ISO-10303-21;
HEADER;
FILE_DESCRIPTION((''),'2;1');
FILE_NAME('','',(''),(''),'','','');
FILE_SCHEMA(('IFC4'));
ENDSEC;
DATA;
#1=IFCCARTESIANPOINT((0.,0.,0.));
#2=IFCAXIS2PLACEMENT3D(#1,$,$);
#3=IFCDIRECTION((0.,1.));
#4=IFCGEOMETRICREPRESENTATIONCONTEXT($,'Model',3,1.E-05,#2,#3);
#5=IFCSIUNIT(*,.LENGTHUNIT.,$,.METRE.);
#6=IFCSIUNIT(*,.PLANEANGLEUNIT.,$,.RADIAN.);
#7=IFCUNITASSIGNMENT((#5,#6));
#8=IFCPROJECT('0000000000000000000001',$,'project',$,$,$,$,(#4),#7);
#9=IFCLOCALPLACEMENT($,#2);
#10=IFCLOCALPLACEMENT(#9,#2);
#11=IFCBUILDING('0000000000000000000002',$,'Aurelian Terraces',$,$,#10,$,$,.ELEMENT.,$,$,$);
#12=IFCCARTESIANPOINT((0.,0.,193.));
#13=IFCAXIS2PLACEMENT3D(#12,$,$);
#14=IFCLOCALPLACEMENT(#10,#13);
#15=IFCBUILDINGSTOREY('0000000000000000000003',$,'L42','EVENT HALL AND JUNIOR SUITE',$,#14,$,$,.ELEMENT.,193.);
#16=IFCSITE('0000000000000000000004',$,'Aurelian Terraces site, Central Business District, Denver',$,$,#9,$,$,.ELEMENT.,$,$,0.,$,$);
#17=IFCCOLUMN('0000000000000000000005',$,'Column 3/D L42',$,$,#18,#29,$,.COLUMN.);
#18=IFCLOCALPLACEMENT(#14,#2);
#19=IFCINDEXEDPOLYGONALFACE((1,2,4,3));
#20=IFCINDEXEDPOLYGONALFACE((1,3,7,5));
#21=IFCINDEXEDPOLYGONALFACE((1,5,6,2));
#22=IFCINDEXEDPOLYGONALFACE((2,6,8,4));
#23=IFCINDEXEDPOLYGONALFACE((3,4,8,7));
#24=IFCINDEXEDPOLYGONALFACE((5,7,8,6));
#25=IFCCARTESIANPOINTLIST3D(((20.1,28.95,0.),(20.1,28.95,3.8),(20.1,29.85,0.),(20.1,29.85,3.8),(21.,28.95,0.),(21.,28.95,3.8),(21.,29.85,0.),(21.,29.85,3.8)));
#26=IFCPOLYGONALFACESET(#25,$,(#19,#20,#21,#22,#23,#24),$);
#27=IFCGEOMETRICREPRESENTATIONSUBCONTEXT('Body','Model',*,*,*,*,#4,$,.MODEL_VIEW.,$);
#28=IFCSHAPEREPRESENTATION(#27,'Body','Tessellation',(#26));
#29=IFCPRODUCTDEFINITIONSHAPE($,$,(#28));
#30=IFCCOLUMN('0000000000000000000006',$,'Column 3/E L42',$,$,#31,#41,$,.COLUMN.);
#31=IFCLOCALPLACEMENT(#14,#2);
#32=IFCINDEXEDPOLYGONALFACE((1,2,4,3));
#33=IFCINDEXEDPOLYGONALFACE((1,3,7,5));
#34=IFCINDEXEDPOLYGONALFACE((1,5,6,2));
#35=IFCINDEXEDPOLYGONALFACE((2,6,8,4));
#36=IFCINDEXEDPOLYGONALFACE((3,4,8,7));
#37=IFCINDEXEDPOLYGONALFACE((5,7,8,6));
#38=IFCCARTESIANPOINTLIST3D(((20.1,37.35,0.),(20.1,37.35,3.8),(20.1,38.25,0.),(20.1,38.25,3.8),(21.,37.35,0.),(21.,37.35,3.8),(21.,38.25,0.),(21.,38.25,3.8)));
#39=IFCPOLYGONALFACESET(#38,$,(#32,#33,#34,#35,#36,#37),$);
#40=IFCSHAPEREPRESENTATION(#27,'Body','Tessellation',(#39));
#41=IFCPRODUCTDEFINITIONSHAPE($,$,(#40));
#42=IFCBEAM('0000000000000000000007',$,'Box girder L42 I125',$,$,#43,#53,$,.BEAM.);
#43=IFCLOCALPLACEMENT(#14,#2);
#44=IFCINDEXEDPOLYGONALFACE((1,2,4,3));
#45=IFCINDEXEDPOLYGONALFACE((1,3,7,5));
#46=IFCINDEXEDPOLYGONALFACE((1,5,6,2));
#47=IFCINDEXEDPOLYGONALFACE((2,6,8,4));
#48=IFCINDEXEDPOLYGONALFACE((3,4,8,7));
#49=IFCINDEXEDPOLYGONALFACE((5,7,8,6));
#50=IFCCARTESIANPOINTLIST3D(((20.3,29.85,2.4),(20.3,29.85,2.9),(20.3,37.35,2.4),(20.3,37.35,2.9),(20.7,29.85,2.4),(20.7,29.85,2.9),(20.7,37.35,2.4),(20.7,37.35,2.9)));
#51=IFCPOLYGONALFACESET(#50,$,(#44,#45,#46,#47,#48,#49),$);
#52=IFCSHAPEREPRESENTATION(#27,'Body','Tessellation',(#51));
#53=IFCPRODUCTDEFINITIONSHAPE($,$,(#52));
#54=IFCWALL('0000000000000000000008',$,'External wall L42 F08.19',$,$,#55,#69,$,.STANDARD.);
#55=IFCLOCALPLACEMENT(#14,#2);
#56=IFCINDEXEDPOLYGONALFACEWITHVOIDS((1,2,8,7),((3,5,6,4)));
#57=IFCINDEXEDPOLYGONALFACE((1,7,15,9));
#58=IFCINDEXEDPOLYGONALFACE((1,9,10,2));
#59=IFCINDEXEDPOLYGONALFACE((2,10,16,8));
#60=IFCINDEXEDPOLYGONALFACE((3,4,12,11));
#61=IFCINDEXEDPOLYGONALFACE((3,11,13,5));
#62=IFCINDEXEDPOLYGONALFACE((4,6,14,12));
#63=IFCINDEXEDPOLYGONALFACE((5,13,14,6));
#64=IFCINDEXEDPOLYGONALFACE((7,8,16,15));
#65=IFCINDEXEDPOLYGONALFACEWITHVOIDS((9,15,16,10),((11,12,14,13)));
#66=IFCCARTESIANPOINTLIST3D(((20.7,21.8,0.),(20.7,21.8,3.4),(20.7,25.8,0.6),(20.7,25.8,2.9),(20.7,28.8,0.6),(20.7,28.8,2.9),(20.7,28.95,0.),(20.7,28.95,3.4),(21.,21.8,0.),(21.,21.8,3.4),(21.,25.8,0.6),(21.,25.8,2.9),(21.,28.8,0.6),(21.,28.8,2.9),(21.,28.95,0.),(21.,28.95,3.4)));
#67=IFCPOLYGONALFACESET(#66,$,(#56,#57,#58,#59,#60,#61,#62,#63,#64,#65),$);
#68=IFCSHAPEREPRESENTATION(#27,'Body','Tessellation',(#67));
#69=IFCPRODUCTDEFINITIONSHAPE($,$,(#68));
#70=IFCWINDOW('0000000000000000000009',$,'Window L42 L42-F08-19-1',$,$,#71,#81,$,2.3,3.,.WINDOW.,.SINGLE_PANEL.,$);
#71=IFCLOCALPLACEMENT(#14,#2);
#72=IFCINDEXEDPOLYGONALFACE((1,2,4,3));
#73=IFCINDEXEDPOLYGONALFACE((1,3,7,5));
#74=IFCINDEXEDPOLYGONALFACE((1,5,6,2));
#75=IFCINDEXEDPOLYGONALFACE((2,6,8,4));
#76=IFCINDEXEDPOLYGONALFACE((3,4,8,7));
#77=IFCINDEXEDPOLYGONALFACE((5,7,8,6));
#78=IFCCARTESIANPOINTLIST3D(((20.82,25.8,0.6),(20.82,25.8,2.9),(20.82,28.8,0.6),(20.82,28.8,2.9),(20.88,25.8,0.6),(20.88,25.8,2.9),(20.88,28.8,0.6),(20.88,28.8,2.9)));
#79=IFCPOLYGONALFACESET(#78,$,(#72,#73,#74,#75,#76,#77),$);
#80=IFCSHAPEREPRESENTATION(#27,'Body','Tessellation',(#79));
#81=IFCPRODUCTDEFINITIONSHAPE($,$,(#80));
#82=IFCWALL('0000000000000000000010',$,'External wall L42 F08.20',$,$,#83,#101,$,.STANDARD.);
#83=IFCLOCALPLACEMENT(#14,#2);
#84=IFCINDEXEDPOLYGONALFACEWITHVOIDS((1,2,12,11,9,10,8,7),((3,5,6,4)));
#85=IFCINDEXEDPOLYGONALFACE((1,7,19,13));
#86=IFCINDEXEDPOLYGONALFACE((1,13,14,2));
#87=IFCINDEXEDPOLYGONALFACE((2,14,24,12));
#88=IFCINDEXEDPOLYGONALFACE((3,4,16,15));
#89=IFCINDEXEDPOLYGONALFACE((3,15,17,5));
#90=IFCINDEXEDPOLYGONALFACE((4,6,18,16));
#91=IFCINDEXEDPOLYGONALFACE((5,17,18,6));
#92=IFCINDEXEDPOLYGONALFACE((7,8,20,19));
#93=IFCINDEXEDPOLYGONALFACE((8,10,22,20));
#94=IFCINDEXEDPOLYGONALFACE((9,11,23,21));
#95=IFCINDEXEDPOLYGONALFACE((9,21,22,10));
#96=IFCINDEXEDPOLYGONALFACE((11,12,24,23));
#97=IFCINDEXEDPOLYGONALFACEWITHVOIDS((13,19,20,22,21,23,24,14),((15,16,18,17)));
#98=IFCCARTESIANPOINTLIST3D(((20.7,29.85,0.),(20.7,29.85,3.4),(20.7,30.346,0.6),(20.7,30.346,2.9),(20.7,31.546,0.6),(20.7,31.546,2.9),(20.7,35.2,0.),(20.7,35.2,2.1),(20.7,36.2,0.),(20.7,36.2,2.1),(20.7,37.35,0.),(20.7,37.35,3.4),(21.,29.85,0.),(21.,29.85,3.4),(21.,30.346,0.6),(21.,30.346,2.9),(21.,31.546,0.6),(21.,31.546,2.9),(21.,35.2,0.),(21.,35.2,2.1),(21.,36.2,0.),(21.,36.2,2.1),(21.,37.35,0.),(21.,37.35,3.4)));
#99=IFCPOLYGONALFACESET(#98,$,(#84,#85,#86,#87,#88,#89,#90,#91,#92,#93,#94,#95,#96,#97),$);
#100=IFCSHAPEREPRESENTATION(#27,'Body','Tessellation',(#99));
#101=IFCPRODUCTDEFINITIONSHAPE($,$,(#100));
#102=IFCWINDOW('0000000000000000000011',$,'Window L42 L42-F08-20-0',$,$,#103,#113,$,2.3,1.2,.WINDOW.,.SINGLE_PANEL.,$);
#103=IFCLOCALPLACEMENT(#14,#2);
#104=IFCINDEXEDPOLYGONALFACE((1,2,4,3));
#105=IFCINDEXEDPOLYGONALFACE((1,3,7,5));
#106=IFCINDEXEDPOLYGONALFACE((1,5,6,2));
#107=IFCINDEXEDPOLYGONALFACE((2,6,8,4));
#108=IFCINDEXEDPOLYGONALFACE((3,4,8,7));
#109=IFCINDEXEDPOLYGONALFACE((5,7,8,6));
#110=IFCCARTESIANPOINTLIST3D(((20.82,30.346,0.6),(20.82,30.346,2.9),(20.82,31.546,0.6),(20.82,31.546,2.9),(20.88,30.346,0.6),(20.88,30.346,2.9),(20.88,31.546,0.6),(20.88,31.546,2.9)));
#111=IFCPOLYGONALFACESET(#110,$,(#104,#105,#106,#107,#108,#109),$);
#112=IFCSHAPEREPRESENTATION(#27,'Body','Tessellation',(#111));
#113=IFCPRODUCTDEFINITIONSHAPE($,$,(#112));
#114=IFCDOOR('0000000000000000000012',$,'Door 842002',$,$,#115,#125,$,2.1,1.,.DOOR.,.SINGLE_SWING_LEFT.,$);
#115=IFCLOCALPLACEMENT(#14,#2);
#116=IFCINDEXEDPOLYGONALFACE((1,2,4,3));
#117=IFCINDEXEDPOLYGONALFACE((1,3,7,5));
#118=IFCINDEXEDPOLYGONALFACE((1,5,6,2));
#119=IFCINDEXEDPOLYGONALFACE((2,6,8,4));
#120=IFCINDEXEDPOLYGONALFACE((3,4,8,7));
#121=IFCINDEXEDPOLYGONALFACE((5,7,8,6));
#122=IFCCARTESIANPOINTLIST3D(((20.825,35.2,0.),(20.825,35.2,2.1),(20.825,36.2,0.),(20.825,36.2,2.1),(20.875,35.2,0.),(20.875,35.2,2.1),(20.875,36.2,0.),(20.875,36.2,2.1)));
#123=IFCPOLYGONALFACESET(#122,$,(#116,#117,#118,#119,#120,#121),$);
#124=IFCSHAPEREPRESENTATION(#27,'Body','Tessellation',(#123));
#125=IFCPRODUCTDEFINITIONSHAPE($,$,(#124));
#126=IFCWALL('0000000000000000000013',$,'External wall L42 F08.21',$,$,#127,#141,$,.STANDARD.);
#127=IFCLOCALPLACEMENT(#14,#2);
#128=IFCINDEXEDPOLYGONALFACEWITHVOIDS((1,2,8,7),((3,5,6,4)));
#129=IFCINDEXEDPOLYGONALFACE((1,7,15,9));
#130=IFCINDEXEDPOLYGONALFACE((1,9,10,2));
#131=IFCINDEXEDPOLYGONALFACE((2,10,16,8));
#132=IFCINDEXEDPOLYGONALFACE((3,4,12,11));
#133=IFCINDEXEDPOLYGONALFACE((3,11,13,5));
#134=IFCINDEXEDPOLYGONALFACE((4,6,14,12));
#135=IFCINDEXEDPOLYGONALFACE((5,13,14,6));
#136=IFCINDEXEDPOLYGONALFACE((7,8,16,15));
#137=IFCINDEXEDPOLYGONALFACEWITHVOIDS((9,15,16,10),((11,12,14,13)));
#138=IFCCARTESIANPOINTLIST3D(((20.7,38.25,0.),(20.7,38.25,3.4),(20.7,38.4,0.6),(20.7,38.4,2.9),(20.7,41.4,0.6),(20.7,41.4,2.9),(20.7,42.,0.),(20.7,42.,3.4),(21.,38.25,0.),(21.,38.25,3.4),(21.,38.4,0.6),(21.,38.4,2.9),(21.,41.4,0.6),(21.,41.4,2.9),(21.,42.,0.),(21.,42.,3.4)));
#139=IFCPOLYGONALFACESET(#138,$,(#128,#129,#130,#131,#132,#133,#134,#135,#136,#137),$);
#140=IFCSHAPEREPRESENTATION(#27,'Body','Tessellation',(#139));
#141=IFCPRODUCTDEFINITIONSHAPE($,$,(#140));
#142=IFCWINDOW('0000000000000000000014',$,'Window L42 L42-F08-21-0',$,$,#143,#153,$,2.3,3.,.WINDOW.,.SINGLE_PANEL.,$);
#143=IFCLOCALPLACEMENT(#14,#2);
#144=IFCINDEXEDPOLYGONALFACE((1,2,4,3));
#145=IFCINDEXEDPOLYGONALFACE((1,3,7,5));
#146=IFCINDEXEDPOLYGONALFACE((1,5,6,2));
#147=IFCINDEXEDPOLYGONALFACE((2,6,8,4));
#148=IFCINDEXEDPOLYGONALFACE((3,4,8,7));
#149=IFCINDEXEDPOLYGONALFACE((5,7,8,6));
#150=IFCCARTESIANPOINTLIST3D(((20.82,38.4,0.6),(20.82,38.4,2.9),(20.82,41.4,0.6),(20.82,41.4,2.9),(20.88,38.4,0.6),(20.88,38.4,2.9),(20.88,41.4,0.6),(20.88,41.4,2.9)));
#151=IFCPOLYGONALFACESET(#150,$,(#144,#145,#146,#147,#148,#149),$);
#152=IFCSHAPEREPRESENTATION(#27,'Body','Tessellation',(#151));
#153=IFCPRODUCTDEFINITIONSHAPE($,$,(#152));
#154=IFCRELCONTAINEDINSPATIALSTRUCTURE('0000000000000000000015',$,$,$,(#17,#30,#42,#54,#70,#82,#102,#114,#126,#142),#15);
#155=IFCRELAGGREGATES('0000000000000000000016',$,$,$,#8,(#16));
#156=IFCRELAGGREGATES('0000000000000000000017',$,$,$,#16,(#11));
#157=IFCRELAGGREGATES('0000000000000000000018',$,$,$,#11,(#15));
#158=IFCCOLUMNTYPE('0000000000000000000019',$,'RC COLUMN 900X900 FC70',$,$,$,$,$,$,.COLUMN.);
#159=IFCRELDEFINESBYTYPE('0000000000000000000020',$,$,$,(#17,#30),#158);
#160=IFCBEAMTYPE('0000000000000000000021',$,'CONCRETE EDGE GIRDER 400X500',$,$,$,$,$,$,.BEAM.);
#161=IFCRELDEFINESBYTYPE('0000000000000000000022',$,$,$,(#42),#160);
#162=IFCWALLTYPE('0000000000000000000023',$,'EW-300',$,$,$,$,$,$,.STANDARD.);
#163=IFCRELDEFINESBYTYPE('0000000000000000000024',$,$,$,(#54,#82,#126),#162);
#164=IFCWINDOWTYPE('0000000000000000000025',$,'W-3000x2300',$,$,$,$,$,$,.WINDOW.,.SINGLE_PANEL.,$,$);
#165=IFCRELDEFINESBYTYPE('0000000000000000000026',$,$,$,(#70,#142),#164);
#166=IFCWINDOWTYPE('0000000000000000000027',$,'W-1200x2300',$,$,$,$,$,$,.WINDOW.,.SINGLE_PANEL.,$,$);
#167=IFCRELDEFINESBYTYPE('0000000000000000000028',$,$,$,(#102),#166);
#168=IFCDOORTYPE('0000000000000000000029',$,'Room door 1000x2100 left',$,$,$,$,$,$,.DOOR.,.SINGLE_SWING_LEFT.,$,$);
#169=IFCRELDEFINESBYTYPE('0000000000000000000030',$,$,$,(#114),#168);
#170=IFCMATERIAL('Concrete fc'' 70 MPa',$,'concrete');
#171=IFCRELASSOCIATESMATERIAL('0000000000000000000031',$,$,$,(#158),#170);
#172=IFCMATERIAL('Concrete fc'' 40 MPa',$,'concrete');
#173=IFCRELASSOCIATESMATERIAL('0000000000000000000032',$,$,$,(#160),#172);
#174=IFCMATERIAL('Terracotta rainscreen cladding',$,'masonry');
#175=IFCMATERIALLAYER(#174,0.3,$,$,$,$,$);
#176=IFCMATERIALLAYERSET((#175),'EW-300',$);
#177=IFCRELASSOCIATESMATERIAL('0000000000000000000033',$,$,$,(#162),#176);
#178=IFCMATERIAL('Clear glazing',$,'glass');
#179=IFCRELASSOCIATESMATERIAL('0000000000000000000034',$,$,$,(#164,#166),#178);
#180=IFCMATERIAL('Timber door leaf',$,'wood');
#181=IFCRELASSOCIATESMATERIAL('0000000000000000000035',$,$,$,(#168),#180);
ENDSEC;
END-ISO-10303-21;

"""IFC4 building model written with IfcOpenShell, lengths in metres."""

from ifc_helpers import new_model, si_unit, direction, frame, frame_2d, origin, origin_2d, place, context, subcontext, project, spatial, rectangle, extrude, source, transform, mapped, material, layer, layer_set, material_profile, profile_set, type_object, element, fill, save


model = new_model("IFC4")

# Units and contexts
model_context = context("Model", 3, precision=1e-05, world=origin(), true_north=direction((0.0, 1.0)))
body_context = subcontext(model_context, "Body", "Model", "MODEL_VIEW")
ifc_project = project(units=[si_unit("LENGTHUNIT", "METRE"), si_unit("PLANEANGLEUNIT", "RADIAN")], contexts=[model_context])

# Site, building, storey
site_placement = place(None, origin())
site = spatial("IfcSite", under=ifc_project, at=site_placement, Name="Aurelian Terraces site, Central Business District, Denver", CompositionType="ELEMENT", RefElevation=0.0)
building_placement = place(site_placement, origin())
building = spatial("IfcBuilding", under=site, at=building_placement, Name="Aurelian Terraces", CompositionType="ELEMENT")
storey_placement = place(building_placement, frame((0.0, 0.0, 193.0)))
storey = spatial("IfcBuildingStorey", under=building, at=storey_placement, Name="L42", Description="EVENT HALL AND JUNIOR SUITE", CompositionType="ELEMENT", Elevation=193.0)

# Columns
ifc_material_1 = material(Name="Concrete fc' 70 MPa", Category="concrete")
ifc_material_profile_1 = material_profile(ifc_material_1, rectangle(XDim=0.9, YDim=0.9, at=origin_2d()))
ifc_profile_set_1 = profile_set([ifc_material_profile_1], Name="Concrete fc' 70 MPa")
column_type = type_object("IfcColumnType", Name="RC COLUMN 900X900 FC70", PredefinedType="COLUMN", material=ifc_profile_set_1)
shared_shape_1 = source(origin(), body_context, "Body", "SweptSolid", [
    extrude(rectangle(XDim=0.9, YDim=0.9, at=origin_2d()), origin(), (0.0, 0.0, 1.0), 3.8),
])
for number, where, z_axis, x_axis, name in (
    (1, (20.55, 29.4, 0.0), (0.0, 0.0, 1.0), (1.0, 0.0, 0.0), "Column 3/D L42"),
    (2, (20.55, 37.8, 0.0), (0.0, 0.0, 1.0), (1.0, 0.0, 0.0), "Column 3/E L42"),
):
    element("IfcColumn", number, at=place(storey_placement, frame(where, z_axis=z_axis, x_axis=x_axis)), inside=storey, type_object=column_type, Name=name, PredefinedType="COLUMN", context=body_context, shape_type="MappedRepresentation", body=[
        mapped(shared_shape_1, transform((0.0, 0.0, 0.0), scale=1.0)),
    ])

# Beam
ifc_material_2 = material(Name="Concrete fc' 40 MPa", Category="concrete")
ifc_material_profile_2 = material_profile(ifc_material_2, rectangle(XDim=0.4, YDim=0.5, at=origin_2d()))
ifc_profile_set_2 = profile_set([ifc_material_profile_2], Name="Concrete fc' 40 MPa")
beam_type = type_object("IfcBeamType", Name="CONCRETE EDGE GIRDER 400X500", PredefinedType="BEAM", material=ifc_profile_set_2)
shared_shape_2 = source(origin(), body_context, "Body", "SweptSolid", [
    extrude(rectangle(XDim=0.4, YDim=0.5, at=origin_2d()), origin(), (0.0, 0.0, 1.0), 7.5),
])
beam_placement = place(storey_placement, frame((20.5, 29.85, 2.65), z_axis=(0.0, 1.0, 0.0), x_axis=(-1.0, 0.0, 0.0)))
element("IfcBeam", 3, at=beam_placement, inside=storey, type_object=beam_type, Name="Box girder L42 I125", PredefinedType="BEAM", context=body_context, shape_type="MappedRepresentation", body=[
    mapped(shared_shape_2, transform((0.0, 0.0, 0.0), scale=1.0)),
])

# Wall, opening, window
ifc_material_3 = material(Name="Terracotta rainscreen cladding", Category="masonry")
ifc_layer_1 = layer(ifc_material_3, 0.3)
ifc_layer_set_1 = layer_set([ifc_layer_1], Name="EW-300")
wall_type_1 = type_object("IfcWallType", Name="EW-300", PredefinedType="STANDARD", material=ifc_layer_set_1)
shared_shape_3 = source(origin(), body_context, "Body", "SweptSolid", [
    extrude(rectangle(XDim=7.15, YDim=0.3, at=frame_2d((3.575, 0.0))), origin(), (0.0, 0.0, 1.0), 3.4),
])
wall_1_placement = place(storey_placement, frame((20.85, 21.8, 0.0), z_axis=(0.0, 0.0, 1.0), x_axis=(0.0, 1.0, 0.0)))
wall_1 = element("IfcWall", 4, at=wall_1_placement, inside=storey, type_object=wall_type_1, Name="External wall L42 F08.19", PredefinedType="STANDARD", context=body_context, shape_type="MappedRepresentation", body=[
    mapped(shared_shape_3, transform((0.0, 0.0, 0.0), scale=1.0)),
])
shared_shape_4 = source(origin(), body_context, "Body", "SweptSolid", [
    extrude(rectangle(XDim=3.0, YDim=2.3, at=frame_2d((1.5, 1.15))), frame((0.0, 0.16, 0.0), z_axis=(0.0, -1.0, 0.0), x_axis=(1.0, 0.0, 0.0)), (0.0, 0.0, 1.0), 0.32),
])
opening_1_placement = place(wall_1_placement, frame((4.0, 0.0, 0.6)))
opening_1 = element("IfcOpeningElement", 5, at=opening_1_placement, cuts=wall_1, PredefinedType="OPENING", context=body_context, shape_type="MappedRepresentation", body=[
    mapped(shared_shape_4, transform((0.0, 0.0, 0.0), scale=1.0)),
])
ifc_material_4 = material(Name="Clear glazing", Category="glass")
window_type_1 = type_object("IfcWindowType", Name="W-3000x2300", PartitioningType="SINGLE_PANEL", PredefinedType="WINDOW", material=ifc_material_4)
shared_shape_5 = source(origin(), body_context, "Body", "SweptSolid", [
    extrude(rectangle(XDim=3.0, YDim=2.3, at=frame_2d((1.5, 1.15))), frame((0.0, 0.03, 0.0), z_axis=(0.0, -1.0, 0.0), x_axis=(1.0, 0.0, 0.0)), (0.0, 0.0, 1.0), 0.06),
])
window_1_placement = place(opening_1_placement, origin())
window_1 = element("IfcWindow", 6, at=window_1_placement, inside=storey, type_object=window_type_1, Name="Window L42 L42-F08-19-1", OverallHeight=2.3, OverallWidth=3.0, PartitioningType="SINGLE_PANEL", PredefinedType="WINDOW", context=body_context, shape_type="MappedRepresentation", body=[
    mapped(shared_shape_5, transform((0.0, 0.0, 0.0), scale=1.0)),
])
fill(opening_1, window_1)

# Wall, openings, window, door
shared_shape_6 = source(origin(), body_context, "Body", "SweptSolid", [
    extrude(rectangle(XDim=7.5, YDim=0.3, at=frame_2d((3.75, 0.0))), origin(), (0.0, 0.0, 1.0), 3.4),
])
wall_2_placement = place(storey_placement, frame((20.85, 29.85, 0.0), z_axis=(0.0, 0.0, 1.0), x_axis=(0.0, 1.0, 0.0)))
wall_2 = element("IfcWall", 7, at=wall_2_placement, inside=storey, type_object=wall_type_1, Name="External wall L42 F08.20", PredefinedType="STANDARD", context=body_context, shape_type="MappedRepresentation", body=[
    mapped(shared_shape_6, transform((0.0, 0.0, 0.0), scale=1.0)),
])
shared_shape_7 = source(origin(), body_context, "Body", "SweptSolid", [
    extrude(rectangle(XDim=1.2, YDim=2.3, at=frame_2d((0.6, 1.15))), frame((0.0, 0.16, 0.0), z_axis=(0.0, -1.0, 0.0), x_axis=(1.0, 0.0, 0.0)), (0.0, 0.0, 1.0), 0.32),
])
opening_2_placement = place(wall_2_placement, frame((0.496, 0.0, 0.6)))
opening_2 = element("IfcOpeningElement", 8, at=opening_2_placement, cuts=wall_2, PredefinedType="OPENING", context=body_context, shape_type="MappedRepresentation", body=[
    mapped(shared_shape_7, transform((0.0, 0.0, 0.0), scale=1.0)),
])
shared_shape_8 = source(origin(), body_context, "Body", "SweptSolid", [
    extrude(rectangle(XDim=1.0, YDim=2.1, at=frame_2d((0.5, 1.05))), frame((0.0, 0.16, 0.0), z_axis=(0.0, -1.0, 0.0), x_axis=(1.0, 0.0, 0.0)), (0.0, 0.0, 1.0), 0.32),
])
opening_3_placement = place(wall_2_placement, frame((5.35, 0.0, 0.0)))
opening_3 = element("IfcOpeningElement", 9, at=opening_3_placement, cuts=wall_2, PredefinedType="OPENING", context=body_context, shape_type="MappedRepresentation", body=[
    mapped(shared_shape_8, transform((0.0, 0.0, 0.0), scale=1.0)),
])
window_type_2 = type_object("IfcWindowType", Name="W-1200x2300", PartitioningType="SINGLE_PANEL", PredefinedType="WINDOW", material=ifc_material_4)
shared_shape_9 = source(origin(), body_context, "Body", "SweptSolid", [
    extrude(rectangle(XDim=1.2, YDim=2.3, at=frame_2d((0.6, 1.15))), frame((0.0, 0.03, 0.0), z_axis=(0.0, -1.0, 0.0), x_axis=(1.0, 0.0, 0.0)), (0.0, 0.0, 1.0), 0.06),
])
window_2_placement = place(opening_2_placement, origin())
window_2 = element("IfcWindow", 10, at=window_2_placement, inside=storey, type_object=window_type_2, Name="Window L42 L42-F08-20-0", OverallHeight=2.3, OverallWidth=1.2, PartitioningType="SINGLE_PANEL", PredefinedType="WINDOW", context=body_context, shape_type="MappedRepresentation", body=[
    mapped(shared_shape_9, transform((0.0, 0.0, 0.0), scale=1.0)),
])
fill(opening_2, window_2)
ifc_material_5 = material(Name="Timber door leaf", Category="wood")
door_type_1 = type_object("IfcDoorType", Name="Room door 1000x2100 left", OperationType="SINGLE_SWING_LEFT", PredefinedType="DOOR", material=ifc_material_5)
shared_shape_10 = source(origin(), body_context, "Body", "SweptSolid", [
    extrude(rectangle(XDim=1.0, YDim=2.1, at=frame_2d((0.5, 1.05))), frame((0.0, 0.025, 0.0), z_axis=(0.0, -1.0, 0.0), x_axis=(1.0, 0.0, 0.0)), (0.0, 0.0, 1.0), 0.05),
])
door_1_placement = place(opening_3_placement, origin())
door_1 = element("IfcDoor", 11, at=door_1_placement, inside=storey, type_object=door_type_1, Name="Door 842002", OperationType="SINGLE_SWING_LEFT", OverallHeight=2.1, OverallWidth=1.0, PredefinedType="DOOR", context=body_context, shape_type="MappedRepresentation", body=[
    mapped(shared_shape_10, transform((0.0, 0.0, 0.0), scale=1.0)),
])
fill(opening_3, door_1)

# Wall, opening, window
shared_shape_11 = source(origin(), body_context, "Body", "SweptSolid", [
    extrude(rectangle(XDim=3.75, YDim=0.3, at=frame_2d((1.875, 0.0))), origin(), (0.0, 0.0, 1.0), 3.4),
])
wall_3_placement = place(storey_placement, frame((20.85, 38.25, 0.0), z_axis=(0.0, 0.0, 1.0), x_axis=(0.0, 1.0, 0.0)))
wall_3 = element("IfcWall", 12, at=wall_3_placement, inside=storey, type_object=wall_type_1, Name="External wall L42 F08.21", PredefinedType="STANDARD", context=body_context, shape_type="MappedRepresentation", body=[
    mapped(shared_shape_11, transform((0.0, 0.0, 0.0), scale=1.0)),
])
opening_4_placement = place(wall_3_placement, frame((0.15, 0.0, 0.6)))
opening_4 = element("IfcOpeningElement", 13, at=opening_4_placement, cuts=wall_3, PredefinedType="OPENING", context=body_context, shape_type="MappedRepresentation", body=[
    mapped(shared_shape_4, transform((0.0, 0.0, 0.0), scale=1.0)),
])
window_3_placement = place(opening_4_placement, origin())
window_3 = element("IfcWindow", 14, at=window_3_placement, inside=storey, type_object=window_type_1, Name="Window L42 L42-F08-21-0", OverallHeight=2.3, OverallWidth=3.0, PartitioningType="SINGLE_PANEL", PredefinedType="WINDOW", context=body_context, shape_type="MappedRepresentation", body=[
    mapped(shared_shape_5, transform((0.0, 0.0, 0.0), scale=1.0)),
])
fill(opening_4, window_3)

save(model, "model.ifc")
